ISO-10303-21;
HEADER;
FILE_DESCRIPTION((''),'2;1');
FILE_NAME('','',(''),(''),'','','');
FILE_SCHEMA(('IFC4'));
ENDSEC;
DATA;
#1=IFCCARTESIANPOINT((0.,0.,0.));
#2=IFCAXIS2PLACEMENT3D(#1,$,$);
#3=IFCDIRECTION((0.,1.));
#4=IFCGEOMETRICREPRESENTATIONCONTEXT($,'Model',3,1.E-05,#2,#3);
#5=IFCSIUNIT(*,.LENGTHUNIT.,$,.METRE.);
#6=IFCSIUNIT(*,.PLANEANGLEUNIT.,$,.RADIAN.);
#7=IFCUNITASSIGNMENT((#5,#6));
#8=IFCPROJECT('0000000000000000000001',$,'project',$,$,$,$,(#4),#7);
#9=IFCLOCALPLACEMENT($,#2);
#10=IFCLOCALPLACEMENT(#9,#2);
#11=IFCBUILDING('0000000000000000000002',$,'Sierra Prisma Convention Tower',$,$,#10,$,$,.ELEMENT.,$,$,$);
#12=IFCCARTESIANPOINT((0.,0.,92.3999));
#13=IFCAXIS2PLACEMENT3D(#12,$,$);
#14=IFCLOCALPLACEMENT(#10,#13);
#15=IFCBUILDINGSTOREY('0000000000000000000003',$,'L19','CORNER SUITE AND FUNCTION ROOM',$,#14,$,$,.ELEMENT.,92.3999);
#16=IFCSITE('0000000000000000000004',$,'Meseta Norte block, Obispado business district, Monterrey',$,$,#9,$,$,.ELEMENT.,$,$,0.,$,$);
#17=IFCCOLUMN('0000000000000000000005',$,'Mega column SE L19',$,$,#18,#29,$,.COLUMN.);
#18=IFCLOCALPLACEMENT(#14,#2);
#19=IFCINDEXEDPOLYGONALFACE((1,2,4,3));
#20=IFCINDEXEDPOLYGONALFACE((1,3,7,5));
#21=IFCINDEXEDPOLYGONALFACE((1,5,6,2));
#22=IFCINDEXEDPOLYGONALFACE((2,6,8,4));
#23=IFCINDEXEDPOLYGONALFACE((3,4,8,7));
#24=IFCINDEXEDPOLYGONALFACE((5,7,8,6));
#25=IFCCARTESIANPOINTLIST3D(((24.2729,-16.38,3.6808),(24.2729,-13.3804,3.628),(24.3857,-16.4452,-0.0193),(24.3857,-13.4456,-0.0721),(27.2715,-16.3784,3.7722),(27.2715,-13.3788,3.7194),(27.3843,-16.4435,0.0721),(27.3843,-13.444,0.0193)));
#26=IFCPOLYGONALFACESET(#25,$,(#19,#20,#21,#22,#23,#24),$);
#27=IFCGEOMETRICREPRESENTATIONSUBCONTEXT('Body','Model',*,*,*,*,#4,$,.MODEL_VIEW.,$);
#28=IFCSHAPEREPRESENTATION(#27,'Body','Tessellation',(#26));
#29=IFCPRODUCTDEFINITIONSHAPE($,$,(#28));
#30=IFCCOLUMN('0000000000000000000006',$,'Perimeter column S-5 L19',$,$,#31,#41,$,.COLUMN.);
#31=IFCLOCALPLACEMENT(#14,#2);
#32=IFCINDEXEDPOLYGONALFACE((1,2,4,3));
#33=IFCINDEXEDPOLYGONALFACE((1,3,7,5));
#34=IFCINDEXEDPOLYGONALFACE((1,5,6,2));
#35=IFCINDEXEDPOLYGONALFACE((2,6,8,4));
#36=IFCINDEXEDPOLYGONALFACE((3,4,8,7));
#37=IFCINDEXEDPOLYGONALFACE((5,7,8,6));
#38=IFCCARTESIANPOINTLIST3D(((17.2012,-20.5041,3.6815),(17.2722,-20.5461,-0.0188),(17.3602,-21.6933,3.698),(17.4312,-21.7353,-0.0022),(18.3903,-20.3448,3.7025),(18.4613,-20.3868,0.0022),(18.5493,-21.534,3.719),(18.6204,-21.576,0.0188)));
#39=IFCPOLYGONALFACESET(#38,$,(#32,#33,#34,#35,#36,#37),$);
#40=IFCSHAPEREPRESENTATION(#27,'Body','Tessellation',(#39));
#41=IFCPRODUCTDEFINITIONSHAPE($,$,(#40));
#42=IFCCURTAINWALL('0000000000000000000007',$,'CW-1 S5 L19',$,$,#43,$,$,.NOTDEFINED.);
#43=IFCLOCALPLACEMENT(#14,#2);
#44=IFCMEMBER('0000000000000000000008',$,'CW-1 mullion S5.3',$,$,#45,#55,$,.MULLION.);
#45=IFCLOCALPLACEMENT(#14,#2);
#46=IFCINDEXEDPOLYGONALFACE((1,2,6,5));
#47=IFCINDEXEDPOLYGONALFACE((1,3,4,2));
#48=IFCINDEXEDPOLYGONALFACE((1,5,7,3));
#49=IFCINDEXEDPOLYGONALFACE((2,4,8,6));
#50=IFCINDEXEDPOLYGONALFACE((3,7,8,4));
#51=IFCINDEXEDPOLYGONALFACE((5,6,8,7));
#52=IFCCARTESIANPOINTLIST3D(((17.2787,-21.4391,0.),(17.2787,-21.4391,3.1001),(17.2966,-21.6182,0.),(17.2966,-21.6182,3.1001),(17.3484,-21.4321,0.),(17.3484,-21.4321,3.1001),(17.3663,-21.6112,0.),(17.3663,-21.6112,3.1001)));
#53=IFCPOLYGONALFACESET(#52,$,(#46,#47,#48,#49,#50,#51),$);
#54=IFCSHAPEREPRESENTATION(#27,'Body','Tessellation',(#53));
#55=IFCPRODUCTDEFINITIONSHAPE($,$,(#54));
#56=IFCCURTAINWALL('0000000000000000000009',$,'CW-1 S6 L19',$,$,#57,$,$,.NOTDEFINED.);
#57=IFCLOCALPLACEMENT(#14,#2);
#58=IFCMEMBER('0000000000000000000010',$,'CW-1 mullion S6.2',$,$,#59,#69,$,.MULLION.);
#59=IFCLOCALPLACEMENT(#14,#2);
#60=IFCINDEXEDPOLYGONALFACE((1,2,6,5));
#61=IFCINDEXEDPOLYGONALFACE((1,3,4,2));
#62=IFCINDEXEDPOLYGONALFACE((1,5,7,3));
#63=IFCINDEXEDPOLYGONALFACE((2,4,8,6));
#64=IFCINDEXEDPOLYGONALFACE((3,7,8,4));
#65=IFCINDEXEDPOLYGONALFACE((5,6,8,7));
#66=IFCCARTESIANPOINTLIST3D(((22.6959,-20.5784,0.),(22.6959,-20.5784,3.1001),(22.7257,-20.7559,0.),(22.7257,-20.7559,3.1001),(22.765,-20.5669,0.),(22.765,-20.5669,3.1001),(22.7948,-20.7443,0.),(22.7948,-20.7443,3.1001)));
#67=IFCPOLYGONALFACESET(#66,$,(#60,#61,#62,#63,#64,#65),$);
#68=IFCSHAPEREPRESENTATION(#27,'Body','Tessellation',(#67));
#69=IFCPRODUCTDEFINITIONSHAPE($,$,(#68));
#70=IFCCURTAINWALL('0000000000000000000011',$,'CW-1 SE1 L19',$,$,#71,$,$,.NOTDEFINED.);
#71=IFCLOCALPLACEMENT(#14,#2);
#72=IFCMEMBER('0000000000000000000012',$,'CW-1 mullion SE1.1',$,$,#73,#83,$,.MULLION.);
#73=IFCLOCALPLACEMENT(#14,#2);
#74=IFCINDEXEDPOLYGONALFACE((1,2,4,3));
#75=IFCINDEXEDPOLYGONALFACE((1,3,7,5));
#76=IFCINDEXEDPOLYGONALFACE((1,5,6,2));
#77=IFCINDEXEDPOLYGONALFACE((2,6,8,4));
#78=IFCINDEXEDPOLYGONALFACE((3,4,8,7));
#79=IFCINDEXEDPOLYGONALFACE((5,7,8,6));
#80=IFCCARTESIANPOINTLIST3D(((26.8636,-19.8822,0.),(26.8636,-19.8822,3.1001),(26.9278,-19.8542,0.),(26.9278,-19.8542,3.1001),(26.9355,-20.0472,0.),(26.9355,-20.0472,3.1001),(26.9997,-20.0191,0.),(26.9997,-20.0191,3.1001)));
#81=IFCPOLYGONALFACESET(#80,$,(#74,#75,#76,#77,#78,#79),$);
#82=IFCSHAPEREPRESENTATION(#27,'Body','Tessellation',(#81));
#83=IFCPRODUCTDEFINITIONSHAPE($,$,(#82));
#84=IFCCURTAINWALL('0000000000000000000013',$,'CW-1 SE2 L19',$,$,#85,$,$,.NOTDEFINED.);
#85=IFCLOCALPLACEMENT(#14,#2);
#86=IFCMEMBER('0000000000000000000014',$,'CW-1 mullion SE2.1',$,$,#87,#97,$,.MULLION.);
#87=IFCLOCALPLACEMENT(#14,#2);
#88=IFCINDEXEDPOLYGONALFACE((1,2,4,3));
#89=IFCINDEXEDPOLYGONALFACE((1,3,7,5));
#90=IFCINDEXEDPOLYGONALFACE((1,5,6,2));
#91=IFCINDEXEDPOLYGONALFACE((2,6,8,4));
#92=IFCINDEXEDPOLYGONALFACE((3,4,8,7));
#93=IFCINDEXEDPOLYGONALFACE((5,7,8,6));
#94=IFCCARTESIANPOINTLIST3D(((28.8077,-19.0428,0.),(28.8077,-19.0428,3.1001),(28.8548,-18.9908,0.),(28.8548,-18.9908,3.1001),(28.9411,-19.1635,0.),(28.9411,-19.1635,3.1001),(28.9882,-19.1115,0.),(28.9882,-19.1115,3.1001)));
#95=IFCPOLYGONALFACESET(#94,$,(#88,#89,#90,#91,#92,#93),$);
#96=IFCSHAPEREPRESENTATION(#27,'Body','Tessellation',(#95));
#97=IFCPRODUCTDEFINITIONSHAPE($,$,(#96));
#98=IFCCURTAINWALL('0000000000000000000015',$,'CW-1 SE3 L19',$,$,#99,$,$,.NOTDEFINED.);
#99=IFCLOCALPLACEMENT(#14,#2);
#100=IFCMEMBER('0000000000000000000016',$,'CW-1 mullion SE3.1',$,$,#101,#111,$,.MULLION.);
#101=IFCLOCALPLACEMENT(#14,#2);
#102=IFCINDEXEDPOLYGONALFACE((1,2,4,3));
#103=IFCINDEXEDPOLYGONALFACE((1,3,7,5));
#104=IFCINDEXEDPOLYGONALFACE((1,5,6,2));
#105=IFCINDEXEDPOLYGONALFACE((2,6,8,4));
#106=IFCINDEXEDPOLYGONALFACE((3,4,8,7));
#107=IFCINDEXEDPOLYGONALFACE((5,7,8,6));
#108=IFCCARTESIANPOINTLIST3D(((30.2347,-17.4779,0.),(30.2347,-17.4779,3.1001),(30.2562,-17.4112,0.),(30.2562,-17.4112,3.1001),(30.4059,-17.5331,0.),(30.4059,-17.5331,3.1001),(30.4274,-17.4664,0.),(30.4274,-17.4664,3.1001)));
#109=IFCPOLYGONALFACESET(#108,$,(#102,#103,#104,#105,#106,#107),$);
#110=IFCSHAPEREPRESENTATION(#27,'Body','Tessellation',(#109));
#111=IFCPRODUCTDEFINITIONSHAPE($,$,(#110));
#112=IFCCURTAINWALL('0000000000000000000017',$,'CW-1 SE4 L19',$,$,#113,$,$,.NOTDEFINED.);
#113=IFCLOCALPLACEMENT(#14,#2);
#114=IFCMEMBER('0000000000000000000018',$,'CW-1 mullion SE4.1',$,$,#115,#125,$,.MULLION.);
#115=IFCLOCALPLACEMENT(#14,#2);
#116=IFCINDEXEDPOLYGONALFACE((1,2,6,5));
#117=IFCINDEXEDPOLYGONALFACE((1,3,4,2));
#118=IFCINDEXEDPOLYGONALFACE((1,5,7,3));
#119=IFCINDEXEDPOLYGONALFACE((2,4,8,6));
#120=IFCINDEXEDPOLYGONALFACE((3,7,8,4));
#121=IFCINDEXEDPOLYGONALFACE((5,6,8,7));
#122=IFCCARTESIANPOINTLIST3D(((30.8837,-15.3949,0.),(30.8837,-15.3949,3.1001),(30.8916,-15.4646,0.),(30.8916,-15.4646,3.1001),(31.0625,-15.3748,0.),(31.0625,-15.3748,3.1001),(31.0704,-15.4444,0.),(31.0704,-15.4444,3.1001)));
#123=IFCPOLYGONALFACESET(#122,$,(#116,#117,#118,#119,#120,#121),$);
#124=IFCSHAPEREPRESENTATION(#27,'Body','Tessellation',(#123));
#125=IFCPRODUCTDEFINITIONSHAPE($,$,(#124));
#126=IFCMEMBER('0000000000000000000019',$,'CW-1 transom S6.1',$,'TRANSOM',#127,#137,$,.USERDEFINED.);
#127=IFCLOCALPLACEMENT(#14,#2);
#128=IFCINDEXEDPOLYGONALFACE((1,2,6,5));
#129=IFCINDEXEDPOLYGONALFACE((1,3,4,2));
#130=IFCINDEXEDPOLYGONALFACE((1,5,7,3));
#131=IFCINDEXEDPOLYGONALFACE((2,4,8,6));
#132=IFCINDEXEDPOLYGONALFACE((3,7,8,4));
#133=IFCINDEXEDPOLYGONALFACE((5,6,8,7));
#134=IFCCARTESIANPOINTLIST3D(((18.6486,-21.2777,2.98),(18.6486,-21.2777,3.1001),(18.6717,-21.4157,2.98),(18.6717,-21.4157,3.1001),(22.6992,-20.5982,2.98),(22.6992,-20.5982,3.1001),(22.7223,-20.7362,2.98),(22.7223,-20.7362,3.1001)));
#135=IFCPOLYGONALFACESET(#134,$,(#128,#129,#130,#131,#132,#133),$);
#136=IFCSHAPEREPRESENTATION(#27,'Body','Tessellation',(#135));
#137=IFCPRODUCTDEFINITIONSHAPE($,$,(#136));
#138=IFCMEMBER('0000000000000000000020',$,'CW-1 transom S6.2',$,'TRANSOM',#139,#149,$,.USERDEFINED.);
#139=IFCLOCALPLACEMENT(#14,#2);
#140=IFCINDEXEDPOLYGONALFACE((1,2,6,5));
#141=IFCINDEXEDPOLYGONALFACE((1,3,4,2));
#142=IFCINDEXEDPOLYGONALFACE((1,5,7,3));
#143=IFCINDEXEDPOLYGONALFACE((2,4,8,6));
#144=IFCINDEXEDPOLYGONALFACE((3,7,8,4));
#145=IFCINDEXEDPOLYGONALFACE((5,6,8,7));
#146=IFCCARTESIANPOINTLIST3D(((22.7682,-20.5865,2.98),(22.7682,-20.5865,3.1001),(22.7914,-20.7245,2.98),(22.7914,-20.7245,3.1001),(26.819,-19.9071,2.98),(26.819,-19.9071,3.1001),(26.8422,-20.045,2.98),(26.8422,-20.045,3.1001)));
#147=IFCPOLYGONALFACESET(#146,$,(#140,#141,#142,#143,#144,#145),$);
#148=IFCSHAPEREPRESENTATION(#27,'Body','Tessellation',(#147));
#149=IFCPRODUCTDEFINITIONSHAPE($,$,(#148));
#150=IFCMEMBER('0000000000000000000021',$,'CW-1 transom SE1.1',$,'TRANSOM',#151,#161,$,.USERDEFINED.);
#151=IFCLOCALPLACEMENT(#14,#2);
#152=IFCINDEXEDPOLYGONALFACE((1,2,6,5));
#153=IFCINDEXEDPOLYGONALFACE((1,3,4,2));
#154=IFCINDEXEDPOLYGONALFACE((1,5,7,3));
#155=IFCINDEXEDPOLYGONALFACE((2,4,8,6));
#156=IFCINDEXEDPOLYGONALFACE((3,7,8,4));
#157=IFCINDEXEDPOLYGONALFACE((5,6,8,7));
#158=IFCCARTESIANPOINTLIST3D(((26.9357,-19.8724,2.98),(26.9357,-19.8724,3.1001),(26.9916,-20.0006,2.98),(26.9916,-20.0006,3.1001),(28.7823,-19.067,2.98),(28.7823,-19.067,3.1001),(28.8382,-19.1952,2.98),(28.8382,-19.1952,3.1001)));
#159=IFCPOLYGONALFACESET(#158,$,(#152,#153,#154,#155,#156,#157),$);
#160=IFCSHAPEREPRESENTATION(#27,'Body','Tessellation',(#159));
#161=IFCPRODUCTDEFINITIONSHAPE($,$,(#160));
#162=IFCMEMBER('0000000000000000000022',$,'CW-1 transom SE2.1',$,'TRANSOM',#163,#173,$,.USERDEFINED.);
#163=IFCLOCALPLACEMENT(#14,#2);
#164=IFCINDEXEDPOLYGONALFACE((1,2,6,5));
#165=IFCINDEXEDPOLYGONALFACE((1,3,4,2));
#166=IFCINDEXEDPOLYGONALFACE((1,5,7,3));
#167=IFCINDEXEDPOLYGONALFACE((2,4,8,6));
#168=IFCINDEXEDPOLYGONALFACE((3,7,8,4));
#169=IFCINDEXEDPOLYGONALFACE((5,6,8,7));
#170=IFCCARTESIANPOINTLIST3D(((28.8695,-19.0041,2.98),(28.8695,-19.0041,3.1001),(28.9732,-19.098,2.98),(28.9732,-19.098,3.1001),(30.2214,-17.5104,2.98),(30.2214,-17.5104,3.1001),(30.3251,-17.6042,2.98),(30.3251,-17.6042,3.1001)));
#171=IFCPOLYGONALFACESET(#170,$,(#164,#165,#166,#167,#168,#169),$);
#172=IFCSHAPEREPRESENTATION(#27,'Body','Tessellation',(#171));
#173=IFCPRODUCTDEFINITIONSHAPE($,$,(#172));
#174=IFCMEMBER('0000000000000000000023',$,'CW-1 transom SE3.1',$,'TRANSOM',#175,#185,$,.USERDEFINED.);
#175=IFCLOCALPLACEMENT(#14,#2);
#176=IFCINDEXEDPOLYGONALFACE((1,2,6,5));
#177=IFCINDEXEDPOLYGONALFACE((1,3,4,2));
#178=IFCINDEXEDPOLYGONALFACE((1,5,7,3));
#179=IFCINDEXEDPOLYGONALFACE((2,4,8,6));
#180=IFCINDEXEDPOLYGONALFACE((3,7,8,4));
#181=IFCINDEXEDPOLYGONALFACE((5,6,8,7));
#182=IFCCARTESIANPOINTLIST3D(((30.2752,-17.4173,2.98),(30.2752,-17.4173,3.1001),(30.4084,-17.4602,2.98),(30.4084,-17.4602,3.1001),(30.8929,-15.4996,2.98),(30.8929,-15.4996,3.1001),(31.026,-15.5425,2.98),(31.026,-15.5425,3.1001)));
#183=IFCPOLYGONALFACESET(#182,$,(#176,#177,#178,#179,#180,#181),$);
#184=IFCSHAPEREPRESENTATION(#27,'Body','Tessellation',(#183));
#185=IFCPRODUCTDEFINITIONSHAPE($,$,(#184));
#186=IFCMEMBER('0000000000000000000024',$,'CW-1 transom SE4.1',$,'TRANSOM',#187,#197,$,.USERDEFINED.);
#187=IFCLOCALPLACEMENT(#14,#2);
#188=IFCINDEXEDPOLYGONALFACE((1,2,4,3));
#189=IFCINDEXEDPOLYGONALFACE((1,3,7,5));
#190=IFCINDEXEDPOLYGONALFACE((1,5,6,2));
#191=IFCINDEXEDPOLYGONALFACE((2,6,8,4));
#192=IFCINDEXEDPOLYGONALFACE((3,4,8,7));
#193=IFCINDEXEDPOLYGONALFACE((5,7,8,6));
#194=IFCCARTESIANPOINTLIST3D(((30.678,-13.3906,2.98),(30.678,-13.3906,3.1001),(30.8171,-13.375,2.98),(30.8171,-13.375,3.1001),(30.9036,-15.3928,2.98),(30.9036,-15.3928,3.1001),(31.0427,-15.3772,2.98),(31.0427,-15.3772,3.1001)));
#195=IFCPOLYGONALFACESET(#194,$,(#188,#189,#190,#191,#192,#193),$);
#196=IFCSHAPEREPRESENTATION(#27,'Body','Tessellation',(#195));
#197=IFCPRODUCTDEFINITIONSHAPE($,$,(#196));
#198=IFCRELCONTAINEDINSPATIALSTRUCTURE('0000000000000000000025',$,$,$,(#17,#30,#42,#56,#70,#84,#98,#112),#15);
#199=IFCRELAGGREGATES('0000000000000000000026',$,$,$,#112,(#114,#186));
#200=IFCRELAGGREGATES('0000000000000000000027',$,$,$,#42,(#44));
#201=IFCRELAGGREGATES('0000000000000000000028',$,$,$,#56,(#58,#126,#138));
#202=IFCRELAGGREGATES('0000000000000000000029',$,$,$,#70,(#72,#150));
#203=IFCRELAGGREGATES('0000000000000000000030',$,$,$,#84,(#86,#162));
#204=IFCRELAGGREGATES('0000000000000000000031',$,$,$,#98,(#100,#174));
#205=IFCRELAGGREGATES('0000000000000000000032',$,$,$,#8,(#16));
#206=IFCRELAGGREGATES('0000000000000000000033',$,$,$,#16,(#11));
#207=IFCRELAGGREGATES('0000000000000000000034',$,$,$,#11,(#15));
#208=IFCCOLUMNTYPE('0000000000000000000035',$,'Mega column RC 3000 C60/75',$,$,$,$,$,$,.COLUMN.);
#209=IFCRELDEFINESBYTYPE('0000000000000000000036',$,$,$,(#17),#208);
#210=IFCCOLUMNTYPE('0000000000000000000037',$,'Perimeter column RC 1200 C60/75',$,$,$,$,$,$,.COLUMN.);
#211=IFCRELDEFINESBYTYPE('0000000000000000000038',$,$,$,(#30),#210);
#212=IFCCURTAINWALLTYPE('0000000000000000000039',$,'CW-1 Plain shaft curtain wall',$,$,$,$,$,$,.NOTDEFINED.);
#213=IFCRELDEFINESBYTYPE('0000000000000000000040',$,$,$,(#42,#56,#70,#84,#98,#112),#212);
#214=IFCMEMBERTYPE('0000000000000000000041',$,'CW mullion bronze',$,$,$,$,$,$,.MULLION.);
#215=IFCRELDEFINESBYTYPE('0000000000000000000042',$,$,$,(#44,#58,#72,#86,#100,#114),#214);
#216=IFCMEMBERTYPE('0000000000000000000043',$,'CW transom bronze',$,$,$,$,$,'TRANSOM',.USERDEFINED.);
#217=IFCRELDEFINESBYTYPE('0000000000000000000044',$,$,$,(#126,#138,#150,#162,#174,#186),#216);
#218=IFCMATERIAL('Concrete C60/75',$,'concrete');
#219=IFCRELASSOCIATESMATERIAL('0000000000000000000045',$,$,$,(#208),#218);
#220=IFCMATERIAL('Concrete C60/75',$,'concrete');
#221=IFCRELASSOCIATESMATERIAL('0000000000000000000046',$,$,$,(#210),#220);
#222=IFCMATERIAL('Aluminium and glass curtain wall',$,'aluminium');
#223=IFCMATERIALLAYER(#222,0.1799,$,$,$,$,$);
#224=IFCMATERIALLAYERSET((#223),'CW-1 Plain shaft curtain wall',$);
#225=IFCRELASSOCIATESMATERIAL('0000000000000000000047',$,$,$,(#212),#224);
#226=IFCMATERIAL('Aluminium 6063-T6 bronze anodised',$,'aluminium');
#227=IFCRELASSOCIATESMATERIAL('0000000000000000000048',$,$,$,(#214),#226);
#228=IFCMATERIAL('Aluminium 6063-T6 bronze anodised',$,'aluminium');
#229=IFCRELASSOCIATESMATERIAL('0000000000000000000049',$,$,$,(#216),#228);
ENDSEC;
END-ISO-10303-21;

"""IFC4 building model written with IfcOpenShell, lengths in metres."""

from ifc_helpers import new_model, si_unit, direction, frame, origin, origin_2d, place, context, subcontext, project, spatial, rectangle, extrude, material, layer, layer_set, material_profile, profile_set, type_object, element, aggregate, save


model = new_model("IFC4")

# Units and contexts
model_context = context("Model", 3, precision=1e-05, world=origin(), true_north=direction((0.0, 1.0)))
body_context = subcontext(model_context, "Body", "Model", "MODEL_VIEW")
ifc_project = project(units=[si_unit("LENGTHUNIT", "METRE"), si_unit("PLANEANGLEUNIT", "RADIAN")], contexts=[model_context])

# Site, building, storey
site_placement = place(None, origin())
site = spatial("IfcSite", under=ifc_project, at=site_placement, Name="Meseta Norte block, Obispado business district, Monterrey", CompositionType="ELEMENT", RefElevation=0.0)
building_placement = place(site_placement, origin())
building = spatial("IfcBuilding", under=site, at=building_placement, Name="Sierra Prisma Convention Tower", CompositionType="ELEMENT")
storey_placement = place(building_placement, frame((0.0, 0.0, 92.3999)))
storey = spatial("IfcBuildingStorey", under=building, at=storey_placement, Name="L19", Description="CORNER SUITE AND FUNCTION ROOM", CompositionType="ELEMENT", Elevation=92.3999)

# Columns
ifc_material_1 = material(Name="Concrete C60/75", Category="concrete")
ifc_material_profile_1 = material_profile(ifc_material_1, rectangle(XDim=3.0, YDim=3.0, at=origin_2d()), Name="Mega column RC 3000 C60/75")
ifc_profile_set_1 = profile_set([ifc_material_profile_1], Name="Concrete C60/75")
column_type_1 = type_object("IfcColumnType", Name="Mega column RC 3000 C60/75", PredefinedType="COLUMN", material=ifc_profile_set_1)
column_1_placement = place(storey_placement, frame((25.885, -14.9446, 0.0), z_axis=(-0.030464, 0.017606, 0.999381), x_axis=(0.999536, 0.000537, 0.030459)))
element("IfcColumn", 1, at=column_1_placement, inside=storey, type_object=column_type_1, Name="Mega column SE L19", PredefinedType="COLUMN", context=body_context, shape_type="SweptSolid", body=[
    extrude(rectangle(XDim=3.0, YDim=3.0, at=origin_2d()), origin(), (0.0, 0.0, 1.0), 3.7024),
])
ifc_material_2 = material(Name="Concrete C60/75", Category="concrete")
ifc_material_profile_2 = material_profile(ifc_material_2, rectangle(XDim=1.2, YDim=1.2, at=origin_2d()), Name="Perimeter column RC 1200 C60/75")
ifc_profile_set_2 = profile_set([ifc_material_profile_2], Name="Concrete C60/75")
column_type_2 = type_object("IfcColumnType", Name="Perimeter column RC 1200 C60/75", PredefinedType="COLUMN", material=ifc_profile_set_2)
column_2_placement = place(storey_placement, frame((17.9463, -21.061, 0.0), z_axis=(-0.019196, 0.011346, 0.999751), x_axis=(0.990993, 0.132765, 0.017521)))
element("IfcColumn", 2, at=column_2_placement, inside=storey, type_object=column_type_2, Name="Perimeter column S-5 L19", PredefinedType="COLUMN", context=body_context, shape_type="SweptSolid", body=[
    extrude(rectangle(XDim=1.2, YDim=1.2, at=origin_2d()), origin(), (0.0, 0.0, 1.0), 3.7012),
])

# Curtain walls, members
ifc_material_3 = material(Name="Aluminium and glass curtain wall", Category="aluminium")
ifc_layer_1 = layer(ifc_material_3, 0.1799)
ifc_layer_set_1 = layer_set([ifc_layer_1], Name="CW-1 Plain shaft curtain wall")
curtain_wall_type = type_object("IfcCurtainWallType", Name="CW-1 Plain shaft curtain wall", PredefinedType="NOTDEFINED", material=ifc_layer_set_1)
curtain_wall_1_placement = place(storey_placement, origin())
curtain_wall_1 = element("IfcCurtainWall", 3, at=curtain_wall_1_placement, inside=storey, type_object=curtain_wall_type, Name="CW-1 S5 L19", PredefinedType="NOTDEFINED")
ifc_material_4 = material(Name="Aluminium 6063-T6 bronze anodised", Category="aluminium")
ifc_material_profile_3 = material_profile(ifc_material_4, rectangle(XDim=0.1799, YDim=0.0701, at=origin_2d()), Name="ALU MULLION 70x180")
ifc_profile_set_3 = profile_set([ifc_material_profile_3], Name="Aluminium 6063-T6 bronze anodised")
member_type_1 = type_object("IfcMemberType", Name="CW mullion bronze", PredefinedType="MULLION", material=ifc_profile_set_3)
member_1_placement = place(storey_placement, frame((17.3225, -21.5251, 0.0), z_axis=(0.0, 0.0, 1.0), x_axis=(-0.099546, 0.995033, 0.0)))
member_1 = element("IfcMember", 4, at=member_1_placement, type_object=member_type_1, Name="CW-1 mullion S5.3", PredefinedType="MULLION", context=body_context, shape_type="SweptSolid", body=[
    extrude(rectangle(XDim=0.1799, YDim=0.0701, at=origin_2d()), origin(), (0.0, 0.0, 1.0), 3.1001),
])
curtain_wall_2_placement = place(storey_placement, origin())
curtain_wall_2 = element("IfcCurtainWall", 5, at=curtain_wall_2_placement, inside=storey, type_object=curtain_wall_type, Name="CW-1 S6 L19", PredefinedType="NOTDEFINED")
member_2_placement = place(storey_placement, frame((22.7454, -20.6614, 0.0), z_axis=(0.0, 0.0, 1.0), x_axis=(-0.165422, 0.986223, 0.0)))
member_2 = element("IfcMember", 6, at=member_2_placement, type_object=member_type_1, Name="CW-1 mullion S6.2", PredefinedType="MULLION", context=body_context, shape_type="SweptSolid", body=[
    extrude(rectangle(XDim=0.1799, YDim=0.0701, at=origin_2d()), origin(), (0.0, 0.0, 1.0), 3.1001),
])
curtain_wall_3_placement = place(storey_placement, origin())
curtain_wall_3 = element("IfcCurtainWall", 7, at=curtain_wall_3_placement, inside=storey, type_object=curtain_wall_type, Name="CW-1 SE1 L19", PredefinedType="NOTDEFINED")
member_3_placement = place(storey_placement, frame((26.9316, -19.9507, 0.0), z_axis=(0.0, 0.0, 1.0), x_axis=(-0.399862, 0.916575, 0.0)))
member_3 = element("IfcMember", 8, at=member_3_placement, type_object=member_type_1, Name="CW-1 mullion SE1.1", PredefinedType="MULLION", context=body_context, shape_type="SweptSolid", body=[
    extrude(rectangle(XDim=0.1799, YDim=0.0701, at=origin_2d()), origin(), (0.0, 0.0, 1.0), 3.1001),
])
curtain_wall_4_placement = place(storey_placement, origin())
curtain_wall_4 = element("IfcCurtainWall", 9, at=curtain_wall_4_placement, inside=storey, type_object=curtain_wall_type, Name="CW-1 SE2 L19", PredefinedType="NOTDEFINED")
member_4_placement = place(storey_placement, frame((28.8979, -19.0771, 0.0), z_axis=(0.0, 0.0, 1.0), x_axis=(-0.741467, 0.670989, 0.0)))
member_4 = element("IfcMember", 10, at=member_4_placement, type_object=member_type_1, Name="CW-1 mullion SE2.1", PredefinedType="MULLION", context=body_context, shape_type="SweptSolid", body=[
    extrude(rectangle(XDim=0.1799, YDim=0.0701, at=origin_2d()), origin(), (0.0, 0.0, 1.0), 3.1001),
])
curtain_wall_5_placement = place(storey_placement, origin())
curtain_wall_5 = element("IfcCurtainWall", 11, at=curtain_wall_5_placement, inside=storey, type_object=curtain_wall_type, Name="CW-1 SE3 L19", PredefinedType="NOTDEFINED")
member_5_placement = place(storey_placement, frame((30.3311, -17.4722, 0.0), z_axis=(0.0, 0.0, 1.0), x_axis=(-0.951827, 0.306635, 0.0)))
member_5 = element("IfcMember", 12, at=member_5_placement, type_object=member_type_1, Name="CW-1 mullion SE3.1", PredefinedType="MULLION", context=body_context, shape_type="SweptSolid", body=[
    extrude(rectangle(XDim=0.1799, YDim=0.0701, at=origin_2d()), origin(), (0.0, 0.0, 1.0), 3.1001),
])
curtain_wall_6_placement = place(storey_placement, origin())
curtain_wall_6 = element("IfcCurtainWall", 13, at=curtain_wall_6_placement, inside=storey, type_object=curtain_wall_type, Name="CW-1 SE4 L19", PredefinedType="NOTDEFINED")
member_6_placement = place(storey_placement, frame((30.9771, -15.4197, 0.0), z_axis=(0.0, 0.0, 1.0), x_axis=(-0.993709, -0.111997, 0.0)))
member_6 = element("IfcMember", 14, at=member_6_placement, type_object=member_type_1, Name="CW-1 mullion SE4.1", PredefinedType="MULLION", context=body_context, shape_type="SweptSolid", body=[
    extrude(rectangle(XDim=0.1799, YDim=0.0701, at=origin_2d()), origin(), (0.0, 0.0, 1.0), 3.1001),
])

# Members
ifc_material_5 = material(Name="Aluminium 6063-T6 bronze anodised", Category="aluminium")
ifc_material_profile_4 = material_profile(ifc_material_5, rectangle(XDim=0.1399, YDim=0.1201, at=origin_2d()), Name="ALU TRANSOM 120x140")
ifc_profile_set_4 = profile_set([ifc_material_profile_4], Name="Aluminium 6063-T6 bronze anodised")
member_type_2 = type_object("IfcMemberType", Name="CW transom bronze", ElementType="TRANSOM", PredefinedType="USERDEFINED", material=ifc_profile_set_4)
member_7_placement = place(storey_placement, frame((18.6602, -21.3467, 3.04), z_axis=(0.986221, 0.16543, 0.0), x_axis=(-0.16543, 0.986221, 0.0)))
member_7 = element("IfcMember", 15, at=member_7_placement, type_object=member_type_2, Name="CW-1 transom S6.1", ObjectType="TRANSOM", PredefinedType="USERDEFINED", context=body_context, shape_type="SweptSolid", body=[
    extrude(rectangle(XDim=0.1399, YDim=0.1201, at=origin_2d()), origin(), (0.0, 0.0, 1.0), 4.1072),
])
member_8_placement = place(storey_placement, frame((22.7798, -20.6555, 3.04), z_axis=(0.986223, 0.165421, 0.0), x_axis=(-0.165421, 0.986223, 0.0)))
member_8 = element("IfcMember", 16, at=member_8_placement, type_object=member_type_2, Name="CW-1 transom S6.2", ObjectType="TRANSOM", PredefinedType="USERDEFINED", context=body_context, shape_type="SweptSolid", body=[
    extrude(rectangle(XDim=0.1399, YDim=0.1201, at=origin_2d()), origin(), (0.0, 0.0, 1.0), 4.1074),
])
member_9_placement = place(storey_placement, frame((26.9636, -19.9365, 3.04), z_axis=(0.916613, 0.399776, 0.0), x_axis=(-0.399776, 0.916613, 0.0)))
member_9 = element("IfcMember", 17, at=member_9_placement, type_object=member_type_2, Name="CW-1 transom SE1.1", ObjectType="TRANSOM", PredefinedType="USERDEFINED", context=body_context, shape_type="SweptSolid", body=[
    extrude(rectangle(XDim=0.1399, YDim=0.1201, at=origin_2d()), origin(), (0.0, 0.0, 1.0), 2.0146),
])
member_10_placement = place(storey_placement, frame((28.9214, -19.051, 3.04), z_axis=(0.671024, 0.741435, 0.0), x_axis=(-0.741435, 0.671024, 0.0)))
member_10 = element("IfcMember", 18, at=member_10_placement, type_object=member_type_2, Name="CW-1 transom SE2.1", ObjectType="TRANSOM", PredefinedType="USERDEFINED", context=body_context, shape_type="SweptSolid", body=[
    extrude(rectangle(XDim=0.1399, YDim=0.1201, at=origin_2d()), origin(), (0.0, 0.0, 1.0), 2.0146),
])
member_11_placement = place(storey_placement, frame((30.3418, -17.4387, 3.04), z_axis=(0.306578, 0.951846, 0.0), x_axis=(-0.951846, 0.306578, 0.0)))
member_11 = element("IfcMember", 19, at=member_11_placement, type_object=member_type_2, Name="CW-1 transom SE3.1", ObjectType="TRANSOM", PredefinedType="USERDEFINED", context=body_context, shape_type="SweptSolid", body=[
    extrude(rectangle(XDim=0.1399, YDim=0.1201, at=origin_2d()), origin(), (0.0, 0.0, 1.0), 2.0146),
])
member_12_placement = place(storey_placement, frame((30.9731, -15.385, 3.04), z_axis=(-0.111961, 0.993713, 0.0), x_axis=(-0.993713, -0.111961, 0.0)))
member_12 = element("IfcMember", 20, at=member_12_placement, type_object=member_type_2, Name="CW-1 transom SE4.1", ObjectType="TRANSOM", PredefinedType="USERDEFINED", context=body_context, shape_type="SweptSolid", body=[
    extrude(rectangle(XDim=0.1399, YDim=0.1201, at=origin_2d()), origin(), (0.0, 0.0, 1.0), 2.0149),
])
aggregate(curtain_wall_6, [member_6, member_12])

aggregate(curtain_wall_1, [member_1])
aggregate(curtain_wall_2, [member_2, member_7, member_8])
aggregate(curtain_wall_3, [member_3, member_9])
aggregate(curtain_wall_4, [member_4, member_10])
aggregate(curtain_wall_5, [member_5, member_11])

save(model, "model.ifc")
